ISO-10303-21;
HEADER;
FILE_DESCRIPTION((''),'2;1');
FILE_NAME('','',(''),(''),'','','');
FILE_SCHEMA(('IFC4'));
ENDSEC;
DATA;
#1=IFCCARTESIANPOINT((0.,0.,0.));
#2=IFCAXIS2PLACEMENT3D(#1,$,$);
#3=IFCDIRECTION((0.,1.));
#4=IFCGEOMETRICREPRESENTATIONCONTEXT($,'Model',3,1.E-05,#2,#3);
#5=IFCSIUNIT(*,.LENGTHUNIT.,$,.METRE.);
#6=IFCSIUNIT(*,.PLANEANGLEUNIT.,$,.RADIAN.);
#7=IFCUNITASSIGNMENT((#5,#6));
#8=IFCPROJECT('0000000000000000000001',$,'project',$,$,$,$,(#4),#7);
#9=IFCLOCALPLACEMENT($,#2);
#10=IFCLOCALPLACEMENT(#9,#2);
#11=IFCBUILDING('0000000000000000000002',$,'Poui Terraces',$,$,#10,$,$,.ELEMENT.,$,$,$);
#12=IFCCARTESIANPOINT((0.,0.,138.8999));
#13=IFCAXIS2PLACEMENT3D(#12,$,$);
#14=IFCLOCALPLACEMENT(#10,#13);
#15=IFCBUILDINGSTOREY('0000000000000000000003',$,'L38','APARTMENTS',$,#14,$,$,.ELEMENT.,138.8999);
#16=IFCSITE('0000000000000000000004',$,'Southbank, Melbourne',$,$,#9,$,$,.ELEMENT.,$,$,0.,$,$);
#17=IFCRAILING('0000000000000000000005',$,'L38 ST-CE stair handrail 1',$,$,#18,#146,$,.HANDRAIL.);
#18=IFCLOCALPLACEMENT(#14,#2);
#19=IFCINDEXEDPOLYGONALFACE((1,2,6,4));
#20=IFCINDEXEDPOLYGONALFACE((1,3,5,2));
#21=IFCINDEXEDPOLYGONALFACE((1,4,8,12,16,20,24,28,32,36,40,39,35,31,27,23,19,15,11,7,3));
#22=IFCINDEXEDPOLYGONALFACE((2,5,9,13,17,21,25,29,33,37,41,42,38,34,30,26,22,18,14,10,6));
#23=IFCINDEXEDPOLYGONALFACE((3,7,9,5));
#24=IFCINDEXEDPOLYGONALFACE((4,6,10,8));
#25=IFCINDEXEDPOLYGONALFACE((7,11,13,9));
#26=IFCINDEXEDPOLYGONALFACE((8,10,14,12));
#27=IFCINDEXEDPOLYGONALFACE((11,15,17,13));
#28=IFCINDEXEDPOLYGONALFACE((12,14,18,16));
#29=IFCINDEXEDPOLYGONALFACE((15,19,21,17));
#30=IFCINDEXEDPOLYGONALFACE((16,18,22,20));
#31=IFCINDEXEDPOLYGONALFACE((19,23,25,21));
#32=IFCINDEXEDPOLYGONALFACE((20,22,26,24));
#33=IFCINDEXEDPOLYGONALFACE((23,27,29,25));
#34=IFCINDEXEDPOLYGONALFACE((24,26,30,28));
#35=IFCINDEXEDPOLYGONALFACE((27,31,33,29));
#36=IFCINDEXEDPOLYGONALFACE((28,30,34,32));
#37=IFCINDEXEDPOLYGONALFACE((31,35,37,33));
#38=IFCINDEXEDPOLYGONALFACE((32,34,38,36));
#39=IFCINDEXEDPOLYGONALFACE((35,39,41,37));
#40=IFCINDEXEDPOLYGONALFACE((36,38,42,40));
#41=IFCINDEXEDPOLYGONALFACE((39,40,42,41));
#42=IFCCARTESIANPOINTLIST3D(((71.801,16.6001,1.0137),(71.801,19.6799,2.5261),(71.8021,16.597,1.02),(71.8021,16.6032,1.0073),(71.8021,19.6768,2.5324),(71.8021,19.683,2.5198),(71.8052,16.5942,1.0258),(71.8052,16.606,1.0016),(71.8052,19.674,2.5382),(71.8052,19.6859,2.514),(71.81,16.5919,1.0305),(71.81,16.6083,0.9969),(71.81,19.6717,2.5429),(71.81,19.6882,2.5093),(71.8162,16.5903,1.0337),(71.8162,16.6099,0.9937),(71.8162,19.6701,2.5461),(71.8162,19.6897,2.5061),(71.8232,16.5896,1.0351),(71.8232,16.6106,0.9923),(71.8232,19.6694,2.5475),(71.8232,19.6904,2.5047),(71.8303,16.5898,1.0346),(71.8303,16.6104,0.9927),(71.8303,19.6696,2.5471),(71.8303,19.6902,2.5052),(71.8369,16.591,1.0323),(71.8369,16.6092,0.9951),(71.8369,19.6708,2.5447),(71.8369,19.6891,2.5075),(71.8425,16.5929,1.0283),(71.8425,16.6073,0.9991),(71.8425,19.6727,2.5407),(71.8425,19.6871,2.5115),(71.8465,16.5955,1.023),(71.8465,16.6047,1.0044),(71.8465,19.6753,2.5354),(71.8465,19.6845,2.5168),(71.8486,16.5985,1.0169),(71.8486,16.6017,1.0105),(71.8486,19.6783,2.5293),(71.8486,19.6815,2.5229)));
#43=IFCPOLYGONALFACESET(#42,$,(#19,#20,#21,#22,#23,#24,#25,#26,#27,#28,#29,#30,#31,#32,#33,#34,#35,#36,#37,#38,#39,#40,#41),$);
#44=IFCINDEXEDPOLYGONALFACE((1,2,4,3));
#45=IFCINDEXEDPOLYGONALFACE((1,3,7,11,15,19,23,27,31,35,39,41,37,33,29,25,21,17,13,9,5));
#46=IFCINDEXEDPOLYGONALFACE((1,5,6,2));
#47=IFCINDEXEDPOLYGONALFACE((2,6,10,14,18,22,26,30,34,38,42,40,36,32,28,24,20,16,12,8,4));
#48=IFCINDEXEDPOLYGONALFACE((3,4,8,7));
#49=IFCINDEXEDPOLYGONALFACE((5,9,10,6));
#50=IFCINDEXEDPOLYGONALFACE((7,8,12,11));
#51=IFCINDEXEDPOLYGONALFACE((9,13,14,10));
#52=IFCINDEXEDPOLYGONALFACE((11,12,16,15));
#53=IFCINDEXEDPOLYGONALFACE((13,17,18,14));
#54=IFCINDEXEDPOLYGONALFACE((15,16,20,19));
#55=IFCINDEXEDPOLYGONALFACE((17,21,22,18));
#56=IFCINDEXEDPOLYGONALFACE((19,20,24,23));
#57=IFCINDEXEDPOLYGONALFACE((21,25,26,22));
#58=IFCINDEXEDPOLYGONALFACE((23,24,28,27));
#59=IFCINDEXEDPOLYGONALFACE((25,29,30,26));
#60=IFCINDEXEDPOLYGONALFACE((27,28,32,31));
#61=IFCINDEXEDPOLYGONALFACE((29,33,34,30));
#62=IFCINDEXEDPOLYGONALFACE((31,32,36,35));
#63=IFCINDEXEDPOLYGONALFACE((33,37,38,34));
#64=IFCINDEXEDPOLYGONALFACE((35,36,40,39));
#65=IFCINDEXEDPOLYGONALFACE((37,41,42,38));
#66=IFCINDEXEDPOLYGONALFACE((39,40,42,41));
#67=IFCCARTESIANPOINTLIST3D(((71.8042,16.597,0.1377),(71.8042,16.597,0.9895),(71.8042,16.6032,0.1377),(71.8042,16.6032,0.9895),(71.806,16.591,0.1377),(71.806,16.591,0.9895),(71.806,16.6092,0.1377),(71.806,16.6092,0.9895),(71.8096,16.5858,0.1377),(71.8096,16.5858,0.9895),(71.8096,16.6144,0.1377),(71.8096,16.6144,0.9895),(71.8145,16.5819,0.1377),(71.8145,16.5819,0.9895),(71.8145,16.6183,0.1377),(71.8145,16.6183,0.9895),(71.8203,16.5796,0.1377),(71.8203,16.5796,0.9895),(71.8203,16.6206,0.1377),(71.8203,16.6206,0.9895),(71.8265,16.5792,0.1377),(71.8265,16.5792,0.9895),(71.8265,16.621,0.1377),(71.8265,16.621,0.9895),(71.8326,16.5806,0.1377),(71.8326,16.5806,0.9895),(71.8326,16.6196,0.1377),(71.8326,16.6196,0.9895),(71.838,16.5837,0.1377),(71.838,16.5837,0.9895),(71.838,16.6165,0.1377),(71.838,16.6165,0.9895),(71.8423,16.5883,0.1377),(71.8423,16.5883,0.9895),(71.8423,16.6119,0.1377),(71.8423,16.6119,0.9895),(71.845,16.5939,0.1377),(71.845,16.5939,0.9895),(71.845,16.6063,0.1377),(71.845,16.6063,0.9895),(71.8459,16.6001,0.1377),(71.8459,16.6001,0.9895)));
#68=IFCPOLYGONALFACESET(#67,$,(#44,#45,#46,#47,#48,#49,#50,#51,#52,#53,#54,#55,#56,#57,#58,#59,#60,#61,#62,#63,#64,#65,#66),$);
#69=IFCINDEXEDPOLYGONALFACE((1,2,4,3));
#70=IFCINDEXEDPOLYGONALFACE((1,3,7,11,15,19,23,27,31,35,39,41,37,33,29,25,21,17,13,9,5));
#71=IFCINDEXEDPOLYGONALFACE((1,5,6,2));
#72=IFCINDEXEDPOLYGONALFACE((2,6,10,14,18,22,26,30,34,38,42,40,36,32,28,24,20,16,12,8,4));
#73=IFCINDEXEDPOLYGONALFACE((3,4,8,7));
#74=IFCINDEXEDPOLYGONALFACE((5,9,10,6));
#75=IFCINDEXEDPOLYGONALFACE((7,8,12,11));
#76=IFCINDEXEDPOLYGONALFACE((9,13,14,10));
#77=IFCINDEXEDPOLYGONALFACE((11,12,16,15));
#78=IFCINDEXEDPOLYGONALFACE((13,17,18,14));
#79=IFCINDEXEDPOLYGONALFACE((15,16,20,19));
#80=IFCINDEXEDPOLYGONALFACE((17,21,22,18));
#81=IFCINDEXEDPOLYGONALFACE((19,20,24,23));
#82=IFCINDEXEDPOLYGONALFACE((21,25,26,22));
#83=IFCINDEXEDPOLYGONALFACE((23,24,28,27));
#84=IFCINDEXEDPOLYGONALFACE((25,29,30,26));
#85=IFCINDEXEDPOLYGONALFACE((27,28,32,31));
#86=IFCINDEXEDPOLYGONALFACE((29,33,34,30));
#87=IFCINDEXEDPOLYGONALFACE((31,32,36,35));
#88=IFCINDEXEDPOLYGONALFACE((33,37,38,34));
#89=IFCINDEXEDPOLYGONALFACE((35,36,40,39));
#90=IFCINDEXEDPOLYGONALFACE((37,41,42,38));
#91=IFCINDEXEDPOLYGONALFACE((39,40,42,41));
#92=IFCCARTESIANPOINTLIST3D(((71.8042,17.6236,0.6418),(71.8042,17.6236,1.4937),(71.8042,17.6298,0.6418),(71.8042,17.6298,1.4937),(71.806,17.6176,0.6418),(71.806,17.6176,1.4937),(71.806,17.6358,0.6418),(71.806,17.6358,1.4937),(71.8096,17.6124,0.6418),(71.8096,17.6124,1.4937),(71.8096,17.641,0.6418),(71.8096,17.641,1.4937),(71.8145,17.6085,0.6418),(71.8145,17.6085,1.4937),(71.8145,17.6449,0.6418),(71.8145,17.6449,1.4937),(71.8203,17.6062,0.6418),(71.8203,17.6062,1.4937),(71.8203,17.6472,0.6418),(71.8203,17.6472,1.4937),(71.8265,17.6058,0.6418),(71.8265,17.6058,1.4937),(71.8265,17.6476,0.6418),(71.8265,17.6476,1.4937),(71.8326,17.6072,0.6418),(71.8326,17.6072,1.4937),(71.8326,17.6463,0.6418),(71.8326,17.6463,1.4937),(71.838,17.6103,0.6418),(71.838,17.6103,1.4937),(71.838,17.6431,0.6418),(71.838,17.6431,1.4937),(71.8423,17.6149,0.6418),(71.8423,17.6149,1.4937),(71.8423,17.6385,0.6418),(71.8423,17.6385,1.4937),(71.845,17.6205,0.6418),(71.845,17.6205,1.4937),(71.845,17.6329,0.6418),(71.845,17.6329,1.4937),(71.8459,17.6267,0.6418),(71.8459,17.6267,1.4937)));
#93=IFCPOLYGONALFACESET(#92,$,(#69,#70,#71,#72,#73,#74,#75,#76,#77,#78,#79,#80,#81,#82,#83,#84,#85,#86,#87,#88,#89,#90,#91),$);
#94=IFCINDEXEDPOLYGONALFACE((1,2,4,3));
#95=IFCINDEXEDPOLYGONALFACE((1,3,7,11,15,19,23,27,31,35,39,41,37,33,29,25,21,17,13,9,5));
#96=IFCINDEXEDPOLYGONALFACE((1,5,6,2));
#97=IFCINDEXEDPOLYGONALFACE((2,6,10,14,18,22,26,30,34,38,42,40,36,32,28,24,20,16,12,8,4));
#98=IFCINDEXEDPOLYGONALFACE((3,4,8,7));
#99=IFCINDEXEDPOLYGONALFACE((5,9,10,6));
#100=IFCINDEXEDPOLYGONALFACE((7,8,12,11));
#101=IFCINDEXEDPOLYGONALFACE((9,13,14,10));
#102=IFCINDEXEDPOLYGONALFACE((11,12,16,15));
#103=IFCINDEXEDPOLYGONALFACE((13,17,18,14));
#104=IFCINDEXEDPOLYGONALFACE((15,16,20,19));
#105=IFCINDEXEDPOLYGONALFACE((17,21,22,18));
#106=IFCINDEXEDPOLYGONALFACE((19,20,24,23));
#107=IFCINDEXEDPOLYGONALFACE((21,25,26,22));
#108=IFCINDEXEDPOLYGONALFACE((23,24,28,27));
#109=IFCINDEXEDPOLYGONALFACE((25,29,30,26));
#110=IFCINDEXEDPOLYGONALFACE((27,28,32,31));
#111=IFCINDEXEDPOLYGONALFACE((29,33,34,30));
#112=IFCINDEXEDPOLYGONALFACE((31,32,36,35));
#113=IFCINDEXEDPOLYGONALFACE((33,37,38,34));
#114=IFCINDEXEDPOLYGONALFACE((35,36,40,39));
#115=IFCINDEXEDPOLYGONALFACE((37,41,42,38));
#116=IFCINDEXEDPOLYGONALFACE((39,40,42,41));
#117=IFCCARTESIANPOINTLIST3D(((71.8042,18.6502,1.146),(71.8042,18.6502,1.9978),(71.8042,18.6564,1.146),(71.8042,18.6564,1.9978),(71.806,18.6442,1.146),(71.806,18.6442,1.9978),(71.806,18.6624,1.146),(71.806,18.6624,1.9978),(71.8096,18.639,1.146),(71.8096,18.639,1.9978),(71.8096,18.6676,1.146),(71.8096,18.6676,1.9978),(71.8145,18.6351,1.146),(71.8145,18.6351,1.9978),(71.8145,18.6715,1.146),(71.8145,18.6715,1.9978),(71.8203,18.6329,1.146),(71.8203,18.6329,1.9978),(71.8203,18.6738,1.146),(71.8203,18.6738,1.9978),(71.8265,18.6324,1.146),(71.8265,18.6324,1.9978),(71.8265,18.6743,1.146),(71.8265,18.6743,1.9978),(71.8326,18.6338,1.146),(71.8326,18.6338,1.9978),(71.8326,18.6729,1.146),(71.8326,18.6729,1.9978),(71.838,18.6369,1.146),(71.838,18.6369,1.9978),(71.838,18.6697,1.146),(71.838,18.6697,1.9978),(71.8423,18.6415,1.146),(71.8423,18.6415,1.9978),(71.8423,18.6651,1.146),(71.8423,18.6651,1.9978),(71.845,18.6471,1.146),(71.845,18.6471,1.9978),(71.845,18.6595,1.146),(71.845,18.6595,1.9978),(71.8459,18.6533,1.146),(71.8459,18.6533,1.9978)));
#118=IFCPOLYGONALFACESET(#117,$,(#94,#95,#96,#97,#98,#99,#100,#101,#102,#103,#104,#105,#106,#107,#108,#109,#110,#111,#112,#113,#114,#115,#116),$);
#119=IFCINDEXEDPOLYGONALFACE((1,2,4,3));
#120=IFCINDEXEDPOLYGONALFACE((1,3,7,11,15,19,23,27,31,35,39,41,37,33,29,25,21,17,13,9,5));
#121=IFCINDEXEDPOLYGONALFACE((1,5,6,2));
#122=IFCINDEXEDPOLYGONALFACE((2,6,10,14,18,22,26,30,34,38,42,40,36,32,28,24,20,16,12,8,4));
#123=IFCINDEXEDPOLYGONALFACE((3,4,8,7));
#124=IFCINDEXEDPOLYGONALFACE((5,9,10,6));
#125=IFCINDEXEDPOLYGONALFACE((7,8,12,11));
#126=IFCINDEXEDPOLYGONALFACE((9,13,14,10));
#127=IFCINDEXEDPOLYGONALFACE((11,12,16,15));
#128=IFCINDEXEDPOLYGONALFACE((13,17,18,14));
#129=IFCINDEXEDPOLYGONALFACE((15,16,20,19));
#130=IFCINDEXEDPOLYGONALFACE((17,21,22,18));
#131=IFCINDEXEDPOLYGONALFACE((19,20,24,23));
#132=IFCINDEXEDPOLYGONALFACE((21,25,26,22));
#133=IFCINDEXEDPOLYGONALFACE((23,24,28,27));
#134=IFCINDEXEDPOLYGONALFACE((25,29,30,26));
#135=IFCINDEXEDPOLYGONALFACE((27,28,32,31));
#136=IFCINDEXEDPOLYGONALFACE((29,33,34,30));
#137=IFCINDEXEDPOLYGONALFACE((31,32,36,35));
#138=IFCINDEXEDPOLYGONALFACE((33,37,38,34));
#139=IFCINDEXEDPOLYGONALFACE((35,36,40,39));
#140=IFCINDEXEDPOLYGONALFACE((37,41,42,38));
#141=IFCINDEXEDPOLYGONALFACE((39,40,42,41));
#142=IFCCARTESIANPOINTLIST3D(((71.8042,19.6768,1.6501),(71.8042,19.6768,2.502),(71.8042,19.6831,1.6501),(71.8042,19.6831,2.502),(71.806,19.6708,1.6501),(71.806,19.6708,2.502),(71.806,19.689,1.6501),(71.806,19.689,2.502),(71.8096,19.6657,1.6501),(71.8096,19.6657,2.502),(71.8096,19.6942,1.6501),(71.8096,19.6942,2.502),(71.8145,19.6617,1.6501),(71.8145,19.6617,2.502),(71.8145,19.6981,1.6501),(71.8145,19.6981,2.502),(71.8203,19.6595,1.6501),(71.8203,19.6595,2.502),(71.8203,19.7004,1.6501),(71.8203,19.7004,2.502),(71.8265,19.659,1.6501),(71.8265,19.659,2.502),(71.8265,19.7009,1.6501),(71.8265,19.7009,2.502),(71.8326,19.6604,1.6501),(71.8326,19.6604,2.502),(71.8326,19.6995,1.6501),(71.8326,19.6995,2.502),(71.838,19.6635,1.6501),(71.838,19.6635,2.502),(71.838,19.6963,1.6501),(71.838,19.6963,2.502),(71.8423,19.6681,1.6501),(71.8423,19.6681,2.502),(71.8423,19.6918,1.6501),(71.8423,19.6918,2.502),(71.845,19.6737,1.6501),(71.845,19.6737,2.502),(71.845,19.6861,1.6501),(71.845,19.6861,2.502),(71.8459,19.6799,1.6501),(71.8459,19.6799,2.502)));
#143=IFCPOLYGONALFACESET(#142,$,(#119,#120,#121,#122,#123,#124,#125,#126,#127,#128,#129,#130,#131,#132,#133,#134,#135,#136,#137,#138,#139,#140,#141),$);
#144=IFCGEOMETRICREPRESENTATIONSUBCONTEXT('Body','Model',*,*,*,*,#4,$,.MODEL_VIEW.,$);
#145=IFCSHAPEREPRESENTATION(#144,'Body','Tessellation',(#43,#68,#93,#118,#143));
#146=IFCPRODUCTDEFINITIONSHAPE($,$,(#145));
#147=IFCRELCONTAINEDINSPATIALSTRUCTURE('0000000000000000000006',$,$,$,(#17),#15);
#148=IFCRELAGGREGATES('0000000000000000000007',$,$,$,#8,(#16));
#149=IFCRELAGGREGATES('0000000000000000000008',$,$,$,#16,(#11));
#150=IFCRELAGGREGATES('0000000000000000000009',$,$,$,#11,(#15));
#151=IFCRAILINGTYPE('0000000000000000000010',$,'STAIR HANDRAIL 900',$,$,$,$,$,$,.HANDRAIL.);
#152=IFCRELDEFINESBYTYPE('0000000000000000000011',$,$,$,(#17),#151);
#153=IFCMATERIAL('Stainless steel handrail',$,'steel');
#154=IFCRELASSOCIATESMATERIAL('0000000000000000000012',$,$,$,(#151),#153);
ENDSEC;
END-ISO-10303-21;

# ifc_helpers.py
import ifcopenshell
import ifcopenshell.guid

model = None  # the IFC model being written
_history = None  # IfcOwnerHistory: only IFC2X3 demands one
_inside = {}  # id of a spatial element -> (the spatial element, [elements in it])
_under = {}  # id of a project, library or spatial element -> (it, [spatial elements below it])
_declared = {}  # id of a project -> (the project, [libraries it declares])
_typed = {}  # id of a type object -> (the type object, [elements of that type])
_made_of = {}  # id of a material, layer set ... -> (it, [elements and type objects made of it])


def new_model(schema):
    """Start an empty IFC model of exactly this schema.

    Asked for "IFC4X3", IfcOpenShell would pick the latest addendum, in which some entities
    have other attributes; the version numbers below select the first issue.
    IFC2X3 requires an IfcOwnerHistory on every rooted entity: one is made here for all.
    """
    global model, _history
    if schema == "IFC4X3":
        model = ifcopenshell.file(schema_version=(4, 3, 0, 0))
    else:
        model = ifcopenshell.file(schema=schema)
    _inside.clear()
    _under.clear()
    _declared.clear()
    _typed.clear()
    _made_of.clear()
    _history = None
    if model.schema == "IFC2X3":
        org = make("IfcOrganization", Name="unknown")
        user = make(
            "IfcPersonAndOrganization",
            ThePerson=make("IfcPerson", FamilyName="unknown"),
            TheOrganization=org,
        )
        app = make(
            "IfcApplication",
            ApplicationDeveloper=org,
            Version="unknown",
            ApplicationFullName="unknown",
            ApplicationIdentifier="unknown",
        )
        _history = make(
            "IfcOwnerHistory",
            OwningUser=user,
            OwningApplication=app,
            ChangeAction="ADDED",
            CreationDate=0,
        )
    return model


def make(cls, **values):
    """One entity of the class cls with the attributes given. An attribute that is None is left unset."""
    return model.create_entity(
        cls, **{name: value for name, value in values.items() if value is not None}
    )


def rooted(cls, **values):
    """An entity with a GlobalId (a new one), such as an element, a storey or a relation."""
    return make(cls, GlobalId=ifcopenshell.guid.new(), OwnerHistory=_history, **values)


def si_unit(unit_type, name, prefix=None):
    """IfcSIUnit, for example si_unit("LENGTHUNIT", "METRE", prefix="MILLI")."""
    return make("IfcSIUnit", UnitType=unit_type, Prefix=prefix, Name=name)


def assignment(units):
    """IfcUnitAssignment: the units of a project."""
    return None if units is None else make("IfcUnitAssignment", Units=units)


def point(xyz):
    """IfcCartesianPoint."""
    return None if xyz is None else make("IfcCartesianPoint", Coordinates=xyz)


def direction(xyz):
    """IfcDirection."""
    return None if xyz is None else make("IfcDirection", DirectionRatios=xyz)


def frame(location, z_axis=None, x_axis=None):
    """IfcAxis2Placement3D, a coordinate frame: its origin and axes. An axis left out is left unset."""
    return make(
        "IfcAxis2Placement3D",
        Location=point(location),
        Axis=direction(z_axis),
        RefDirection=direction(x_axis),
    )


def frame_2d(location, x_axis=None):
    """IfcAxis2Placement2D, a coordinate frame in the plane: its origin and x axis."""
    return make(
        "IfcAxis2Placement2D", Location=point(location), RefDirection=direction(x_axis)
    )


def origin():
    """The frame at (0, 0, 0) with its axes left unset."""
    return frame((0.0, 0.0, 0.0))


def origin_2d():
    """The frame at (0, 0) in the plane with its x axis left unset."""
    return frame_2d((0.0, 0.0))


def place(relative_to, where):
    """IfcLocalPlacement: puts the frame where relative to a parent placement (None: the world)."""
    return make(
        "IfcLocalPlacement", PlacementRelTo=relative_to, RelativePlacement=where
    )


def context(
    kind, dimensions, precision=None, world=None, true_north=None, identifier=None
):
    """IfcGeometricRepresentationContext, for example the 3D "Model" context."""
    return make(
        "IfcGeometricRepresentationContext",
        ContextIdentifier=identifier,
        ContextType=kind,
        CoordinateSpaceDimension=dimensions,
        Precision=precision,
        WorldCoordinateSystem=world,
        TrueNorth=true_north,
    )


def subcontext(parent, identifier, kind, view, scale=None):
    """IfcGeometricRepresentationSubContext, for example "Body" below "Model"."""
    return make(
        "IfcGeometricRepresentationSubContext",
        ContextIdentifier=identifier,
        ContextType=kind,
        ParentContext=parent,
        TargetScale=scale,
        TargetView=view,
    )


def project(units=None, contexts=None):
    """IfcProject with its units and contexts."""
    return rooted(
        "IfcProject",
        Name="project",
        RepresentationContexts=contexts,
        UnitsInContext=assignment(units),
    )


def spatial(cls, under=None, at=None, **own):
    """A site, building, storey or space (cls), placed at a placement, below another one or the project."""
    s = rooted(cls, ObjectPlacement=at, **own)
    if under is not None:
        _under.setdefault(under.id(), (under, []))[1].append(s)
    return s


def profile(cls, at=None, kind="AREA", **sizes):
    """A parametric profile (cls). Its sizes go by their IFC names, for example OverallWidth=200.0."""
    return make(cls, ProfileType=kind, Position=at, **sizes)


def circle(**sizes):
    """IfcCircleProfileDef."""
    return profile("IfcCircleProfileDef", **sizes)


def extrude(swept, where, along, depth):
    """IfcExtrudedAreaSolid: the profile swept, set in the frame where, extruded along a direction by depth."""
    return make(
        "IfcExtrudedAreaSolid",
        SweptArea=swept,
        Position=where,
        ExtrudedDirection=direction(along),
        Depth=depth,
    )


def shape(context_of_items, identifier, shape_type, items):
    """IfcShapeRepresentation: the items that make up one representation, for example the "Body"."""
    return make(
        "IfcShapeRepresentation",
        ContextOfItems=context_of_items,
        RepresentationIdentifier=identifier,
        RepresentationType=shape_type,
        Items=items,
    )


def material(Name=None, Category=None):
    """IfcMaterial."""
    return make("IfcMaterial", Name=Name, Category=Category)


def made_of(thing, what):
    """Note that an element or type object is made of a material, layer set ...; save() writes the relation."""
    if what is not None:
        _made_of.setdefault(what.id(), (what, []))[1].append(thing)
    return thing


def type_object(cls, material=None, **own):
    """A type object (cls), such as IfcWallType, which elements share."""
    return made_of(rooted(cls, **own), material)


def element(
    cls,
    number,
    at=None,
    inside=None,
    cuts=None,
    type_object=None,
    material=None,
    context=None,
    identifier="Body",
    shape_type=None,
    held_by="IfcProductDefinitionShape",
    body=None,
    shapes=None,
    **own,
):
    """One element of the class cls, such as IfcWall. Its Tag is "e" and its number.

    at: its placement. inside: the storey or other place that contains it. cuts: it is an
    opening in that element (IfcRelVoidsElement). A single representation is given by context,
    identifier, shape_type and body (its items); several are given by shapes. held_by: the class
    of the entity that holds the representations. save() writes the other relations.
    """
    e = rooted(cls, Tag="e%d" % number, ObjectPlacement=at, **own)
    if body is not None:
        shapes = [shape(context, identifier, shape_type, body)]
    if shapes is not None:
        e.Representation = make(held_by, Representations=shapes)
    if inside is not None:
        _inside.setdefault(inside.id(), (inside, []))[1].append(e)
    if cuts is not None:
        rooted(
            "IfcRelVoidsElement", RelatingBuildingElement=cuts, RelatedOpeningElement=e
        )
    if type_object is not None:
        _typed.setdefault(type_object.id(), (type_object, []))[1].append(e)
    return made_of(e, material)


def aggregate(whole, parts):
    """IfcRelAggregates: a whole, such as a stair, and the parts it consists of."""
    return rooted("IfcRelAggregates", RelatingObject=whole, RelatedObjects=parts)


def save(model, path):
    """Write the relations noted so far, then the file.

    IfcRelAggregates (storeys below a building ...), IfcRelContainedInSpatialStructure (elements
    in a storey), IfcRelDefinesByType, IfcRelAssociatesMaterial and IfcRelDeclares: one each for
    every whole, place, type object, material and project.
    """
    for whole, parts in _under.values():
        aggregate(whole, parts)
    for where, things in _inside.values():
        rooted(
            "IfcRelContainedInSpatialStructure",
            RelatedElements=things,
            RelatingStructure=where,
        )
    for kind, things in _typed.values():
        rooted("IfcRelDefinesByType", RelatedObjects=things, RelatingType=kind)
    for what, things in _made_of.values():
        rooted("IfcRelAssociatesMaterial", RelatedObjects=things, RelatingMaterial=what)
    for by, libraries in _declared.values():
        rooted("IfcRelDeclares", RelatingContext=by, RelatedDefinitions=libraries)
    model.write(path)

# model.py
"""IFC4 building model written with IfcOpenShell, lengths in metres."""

from ifc_helpers import new_model, si_unit, direction, frame, origin, origin_2d, place, context, subcontext, project, spatial, circle, extrude, material, type_object, element, save


model = new_model("IFC4")

# Units and contexts
model_context = context("Model", 3, precision=1e-05, world=origin(), true_north=direction((0.0, 1.0)))
body_context = subcontext(model_context, "Body", "Model", "MODEL_VIEW")
ifc_project = project(units=[si_unit("LENGTHUNIT", "METRE"), si_unit("PLANEANGLEUNIT", "RADIAN")], contexts=[model_context])

# Site, building, storey
site_placement = place(None, origin())
site = spatial("IfcSite", under=ifc_project, at=site_placement, Name="Southbank, Melbourne", CompositionType="ELEMENT", RefElevation=0.0)
building_placement = place(site_placement, origin())
building = spatial("IfcBuilding", under=site, at=building_placement, Name="Poui Terraces", CompositionType="ELEMENT")
storey_placement = place(building_placement, frame((0.0, 0.0, 138.8999)))
storey = spatial("IfcBuildingStorey", under=building, at=storey_placement, Name="L38", Description="APARTMENTS", CompositionType="ELEMENT", Elevation=138.8999)

# Railing
ifc_material_1 = material(Name="Stainless steel handrail", Category="steel")
railing_type_1 = type_object("IfcRailingType", Name="STAIR HANDRAIL 900", PredefinedType="HANDRAIL", material=ifc_material_1)
railing_1_placement = place(storey_placement, frame((71.825, 16.6001, 0.1377)))
element("IfcRailing", 1, at=railing_1_placement, inside=storey, type_object=railing_type_1, Name="L38 ST-CE stair handrail 1", PredefinedType="HANDRAIL", context=body_context, shape_type="SweptSolid", body=[
    extrude(circle(Radius=0.0239, at=origin_2d()), frame((0.0, 0.0, 0.876), z_axis=(0.0, 0.897606, 0.440798), x_axis=(-1.0, 0.0, 0.0)), (0.0, 0.0, 1.0), 3.4312),
    extrude(circle(Radius=0.021, at=origin_2d()), origin(), (0.0, 0.0, 1.0), 0.8518),
    extrude(circle(Radius=0.021, at=origin_2d()), frame((0.0, 1.0266, 0.5042)), (0.0, 0.0, 1.0), 0.8518),
    extrude(circle(Radius=0.021, at=origin_2d()), frame((0.0, 2.0532, 1.0083)), (0.0, 0.0, 1.0), 0.8518),
    extrude(circle(Radius=0.021, at=origin_2d()), frame((0.0, 3.0798, 1.5125)), (0.0, 0.0, 1.0), 0.8518),
])

save(model, "model.ifc")
